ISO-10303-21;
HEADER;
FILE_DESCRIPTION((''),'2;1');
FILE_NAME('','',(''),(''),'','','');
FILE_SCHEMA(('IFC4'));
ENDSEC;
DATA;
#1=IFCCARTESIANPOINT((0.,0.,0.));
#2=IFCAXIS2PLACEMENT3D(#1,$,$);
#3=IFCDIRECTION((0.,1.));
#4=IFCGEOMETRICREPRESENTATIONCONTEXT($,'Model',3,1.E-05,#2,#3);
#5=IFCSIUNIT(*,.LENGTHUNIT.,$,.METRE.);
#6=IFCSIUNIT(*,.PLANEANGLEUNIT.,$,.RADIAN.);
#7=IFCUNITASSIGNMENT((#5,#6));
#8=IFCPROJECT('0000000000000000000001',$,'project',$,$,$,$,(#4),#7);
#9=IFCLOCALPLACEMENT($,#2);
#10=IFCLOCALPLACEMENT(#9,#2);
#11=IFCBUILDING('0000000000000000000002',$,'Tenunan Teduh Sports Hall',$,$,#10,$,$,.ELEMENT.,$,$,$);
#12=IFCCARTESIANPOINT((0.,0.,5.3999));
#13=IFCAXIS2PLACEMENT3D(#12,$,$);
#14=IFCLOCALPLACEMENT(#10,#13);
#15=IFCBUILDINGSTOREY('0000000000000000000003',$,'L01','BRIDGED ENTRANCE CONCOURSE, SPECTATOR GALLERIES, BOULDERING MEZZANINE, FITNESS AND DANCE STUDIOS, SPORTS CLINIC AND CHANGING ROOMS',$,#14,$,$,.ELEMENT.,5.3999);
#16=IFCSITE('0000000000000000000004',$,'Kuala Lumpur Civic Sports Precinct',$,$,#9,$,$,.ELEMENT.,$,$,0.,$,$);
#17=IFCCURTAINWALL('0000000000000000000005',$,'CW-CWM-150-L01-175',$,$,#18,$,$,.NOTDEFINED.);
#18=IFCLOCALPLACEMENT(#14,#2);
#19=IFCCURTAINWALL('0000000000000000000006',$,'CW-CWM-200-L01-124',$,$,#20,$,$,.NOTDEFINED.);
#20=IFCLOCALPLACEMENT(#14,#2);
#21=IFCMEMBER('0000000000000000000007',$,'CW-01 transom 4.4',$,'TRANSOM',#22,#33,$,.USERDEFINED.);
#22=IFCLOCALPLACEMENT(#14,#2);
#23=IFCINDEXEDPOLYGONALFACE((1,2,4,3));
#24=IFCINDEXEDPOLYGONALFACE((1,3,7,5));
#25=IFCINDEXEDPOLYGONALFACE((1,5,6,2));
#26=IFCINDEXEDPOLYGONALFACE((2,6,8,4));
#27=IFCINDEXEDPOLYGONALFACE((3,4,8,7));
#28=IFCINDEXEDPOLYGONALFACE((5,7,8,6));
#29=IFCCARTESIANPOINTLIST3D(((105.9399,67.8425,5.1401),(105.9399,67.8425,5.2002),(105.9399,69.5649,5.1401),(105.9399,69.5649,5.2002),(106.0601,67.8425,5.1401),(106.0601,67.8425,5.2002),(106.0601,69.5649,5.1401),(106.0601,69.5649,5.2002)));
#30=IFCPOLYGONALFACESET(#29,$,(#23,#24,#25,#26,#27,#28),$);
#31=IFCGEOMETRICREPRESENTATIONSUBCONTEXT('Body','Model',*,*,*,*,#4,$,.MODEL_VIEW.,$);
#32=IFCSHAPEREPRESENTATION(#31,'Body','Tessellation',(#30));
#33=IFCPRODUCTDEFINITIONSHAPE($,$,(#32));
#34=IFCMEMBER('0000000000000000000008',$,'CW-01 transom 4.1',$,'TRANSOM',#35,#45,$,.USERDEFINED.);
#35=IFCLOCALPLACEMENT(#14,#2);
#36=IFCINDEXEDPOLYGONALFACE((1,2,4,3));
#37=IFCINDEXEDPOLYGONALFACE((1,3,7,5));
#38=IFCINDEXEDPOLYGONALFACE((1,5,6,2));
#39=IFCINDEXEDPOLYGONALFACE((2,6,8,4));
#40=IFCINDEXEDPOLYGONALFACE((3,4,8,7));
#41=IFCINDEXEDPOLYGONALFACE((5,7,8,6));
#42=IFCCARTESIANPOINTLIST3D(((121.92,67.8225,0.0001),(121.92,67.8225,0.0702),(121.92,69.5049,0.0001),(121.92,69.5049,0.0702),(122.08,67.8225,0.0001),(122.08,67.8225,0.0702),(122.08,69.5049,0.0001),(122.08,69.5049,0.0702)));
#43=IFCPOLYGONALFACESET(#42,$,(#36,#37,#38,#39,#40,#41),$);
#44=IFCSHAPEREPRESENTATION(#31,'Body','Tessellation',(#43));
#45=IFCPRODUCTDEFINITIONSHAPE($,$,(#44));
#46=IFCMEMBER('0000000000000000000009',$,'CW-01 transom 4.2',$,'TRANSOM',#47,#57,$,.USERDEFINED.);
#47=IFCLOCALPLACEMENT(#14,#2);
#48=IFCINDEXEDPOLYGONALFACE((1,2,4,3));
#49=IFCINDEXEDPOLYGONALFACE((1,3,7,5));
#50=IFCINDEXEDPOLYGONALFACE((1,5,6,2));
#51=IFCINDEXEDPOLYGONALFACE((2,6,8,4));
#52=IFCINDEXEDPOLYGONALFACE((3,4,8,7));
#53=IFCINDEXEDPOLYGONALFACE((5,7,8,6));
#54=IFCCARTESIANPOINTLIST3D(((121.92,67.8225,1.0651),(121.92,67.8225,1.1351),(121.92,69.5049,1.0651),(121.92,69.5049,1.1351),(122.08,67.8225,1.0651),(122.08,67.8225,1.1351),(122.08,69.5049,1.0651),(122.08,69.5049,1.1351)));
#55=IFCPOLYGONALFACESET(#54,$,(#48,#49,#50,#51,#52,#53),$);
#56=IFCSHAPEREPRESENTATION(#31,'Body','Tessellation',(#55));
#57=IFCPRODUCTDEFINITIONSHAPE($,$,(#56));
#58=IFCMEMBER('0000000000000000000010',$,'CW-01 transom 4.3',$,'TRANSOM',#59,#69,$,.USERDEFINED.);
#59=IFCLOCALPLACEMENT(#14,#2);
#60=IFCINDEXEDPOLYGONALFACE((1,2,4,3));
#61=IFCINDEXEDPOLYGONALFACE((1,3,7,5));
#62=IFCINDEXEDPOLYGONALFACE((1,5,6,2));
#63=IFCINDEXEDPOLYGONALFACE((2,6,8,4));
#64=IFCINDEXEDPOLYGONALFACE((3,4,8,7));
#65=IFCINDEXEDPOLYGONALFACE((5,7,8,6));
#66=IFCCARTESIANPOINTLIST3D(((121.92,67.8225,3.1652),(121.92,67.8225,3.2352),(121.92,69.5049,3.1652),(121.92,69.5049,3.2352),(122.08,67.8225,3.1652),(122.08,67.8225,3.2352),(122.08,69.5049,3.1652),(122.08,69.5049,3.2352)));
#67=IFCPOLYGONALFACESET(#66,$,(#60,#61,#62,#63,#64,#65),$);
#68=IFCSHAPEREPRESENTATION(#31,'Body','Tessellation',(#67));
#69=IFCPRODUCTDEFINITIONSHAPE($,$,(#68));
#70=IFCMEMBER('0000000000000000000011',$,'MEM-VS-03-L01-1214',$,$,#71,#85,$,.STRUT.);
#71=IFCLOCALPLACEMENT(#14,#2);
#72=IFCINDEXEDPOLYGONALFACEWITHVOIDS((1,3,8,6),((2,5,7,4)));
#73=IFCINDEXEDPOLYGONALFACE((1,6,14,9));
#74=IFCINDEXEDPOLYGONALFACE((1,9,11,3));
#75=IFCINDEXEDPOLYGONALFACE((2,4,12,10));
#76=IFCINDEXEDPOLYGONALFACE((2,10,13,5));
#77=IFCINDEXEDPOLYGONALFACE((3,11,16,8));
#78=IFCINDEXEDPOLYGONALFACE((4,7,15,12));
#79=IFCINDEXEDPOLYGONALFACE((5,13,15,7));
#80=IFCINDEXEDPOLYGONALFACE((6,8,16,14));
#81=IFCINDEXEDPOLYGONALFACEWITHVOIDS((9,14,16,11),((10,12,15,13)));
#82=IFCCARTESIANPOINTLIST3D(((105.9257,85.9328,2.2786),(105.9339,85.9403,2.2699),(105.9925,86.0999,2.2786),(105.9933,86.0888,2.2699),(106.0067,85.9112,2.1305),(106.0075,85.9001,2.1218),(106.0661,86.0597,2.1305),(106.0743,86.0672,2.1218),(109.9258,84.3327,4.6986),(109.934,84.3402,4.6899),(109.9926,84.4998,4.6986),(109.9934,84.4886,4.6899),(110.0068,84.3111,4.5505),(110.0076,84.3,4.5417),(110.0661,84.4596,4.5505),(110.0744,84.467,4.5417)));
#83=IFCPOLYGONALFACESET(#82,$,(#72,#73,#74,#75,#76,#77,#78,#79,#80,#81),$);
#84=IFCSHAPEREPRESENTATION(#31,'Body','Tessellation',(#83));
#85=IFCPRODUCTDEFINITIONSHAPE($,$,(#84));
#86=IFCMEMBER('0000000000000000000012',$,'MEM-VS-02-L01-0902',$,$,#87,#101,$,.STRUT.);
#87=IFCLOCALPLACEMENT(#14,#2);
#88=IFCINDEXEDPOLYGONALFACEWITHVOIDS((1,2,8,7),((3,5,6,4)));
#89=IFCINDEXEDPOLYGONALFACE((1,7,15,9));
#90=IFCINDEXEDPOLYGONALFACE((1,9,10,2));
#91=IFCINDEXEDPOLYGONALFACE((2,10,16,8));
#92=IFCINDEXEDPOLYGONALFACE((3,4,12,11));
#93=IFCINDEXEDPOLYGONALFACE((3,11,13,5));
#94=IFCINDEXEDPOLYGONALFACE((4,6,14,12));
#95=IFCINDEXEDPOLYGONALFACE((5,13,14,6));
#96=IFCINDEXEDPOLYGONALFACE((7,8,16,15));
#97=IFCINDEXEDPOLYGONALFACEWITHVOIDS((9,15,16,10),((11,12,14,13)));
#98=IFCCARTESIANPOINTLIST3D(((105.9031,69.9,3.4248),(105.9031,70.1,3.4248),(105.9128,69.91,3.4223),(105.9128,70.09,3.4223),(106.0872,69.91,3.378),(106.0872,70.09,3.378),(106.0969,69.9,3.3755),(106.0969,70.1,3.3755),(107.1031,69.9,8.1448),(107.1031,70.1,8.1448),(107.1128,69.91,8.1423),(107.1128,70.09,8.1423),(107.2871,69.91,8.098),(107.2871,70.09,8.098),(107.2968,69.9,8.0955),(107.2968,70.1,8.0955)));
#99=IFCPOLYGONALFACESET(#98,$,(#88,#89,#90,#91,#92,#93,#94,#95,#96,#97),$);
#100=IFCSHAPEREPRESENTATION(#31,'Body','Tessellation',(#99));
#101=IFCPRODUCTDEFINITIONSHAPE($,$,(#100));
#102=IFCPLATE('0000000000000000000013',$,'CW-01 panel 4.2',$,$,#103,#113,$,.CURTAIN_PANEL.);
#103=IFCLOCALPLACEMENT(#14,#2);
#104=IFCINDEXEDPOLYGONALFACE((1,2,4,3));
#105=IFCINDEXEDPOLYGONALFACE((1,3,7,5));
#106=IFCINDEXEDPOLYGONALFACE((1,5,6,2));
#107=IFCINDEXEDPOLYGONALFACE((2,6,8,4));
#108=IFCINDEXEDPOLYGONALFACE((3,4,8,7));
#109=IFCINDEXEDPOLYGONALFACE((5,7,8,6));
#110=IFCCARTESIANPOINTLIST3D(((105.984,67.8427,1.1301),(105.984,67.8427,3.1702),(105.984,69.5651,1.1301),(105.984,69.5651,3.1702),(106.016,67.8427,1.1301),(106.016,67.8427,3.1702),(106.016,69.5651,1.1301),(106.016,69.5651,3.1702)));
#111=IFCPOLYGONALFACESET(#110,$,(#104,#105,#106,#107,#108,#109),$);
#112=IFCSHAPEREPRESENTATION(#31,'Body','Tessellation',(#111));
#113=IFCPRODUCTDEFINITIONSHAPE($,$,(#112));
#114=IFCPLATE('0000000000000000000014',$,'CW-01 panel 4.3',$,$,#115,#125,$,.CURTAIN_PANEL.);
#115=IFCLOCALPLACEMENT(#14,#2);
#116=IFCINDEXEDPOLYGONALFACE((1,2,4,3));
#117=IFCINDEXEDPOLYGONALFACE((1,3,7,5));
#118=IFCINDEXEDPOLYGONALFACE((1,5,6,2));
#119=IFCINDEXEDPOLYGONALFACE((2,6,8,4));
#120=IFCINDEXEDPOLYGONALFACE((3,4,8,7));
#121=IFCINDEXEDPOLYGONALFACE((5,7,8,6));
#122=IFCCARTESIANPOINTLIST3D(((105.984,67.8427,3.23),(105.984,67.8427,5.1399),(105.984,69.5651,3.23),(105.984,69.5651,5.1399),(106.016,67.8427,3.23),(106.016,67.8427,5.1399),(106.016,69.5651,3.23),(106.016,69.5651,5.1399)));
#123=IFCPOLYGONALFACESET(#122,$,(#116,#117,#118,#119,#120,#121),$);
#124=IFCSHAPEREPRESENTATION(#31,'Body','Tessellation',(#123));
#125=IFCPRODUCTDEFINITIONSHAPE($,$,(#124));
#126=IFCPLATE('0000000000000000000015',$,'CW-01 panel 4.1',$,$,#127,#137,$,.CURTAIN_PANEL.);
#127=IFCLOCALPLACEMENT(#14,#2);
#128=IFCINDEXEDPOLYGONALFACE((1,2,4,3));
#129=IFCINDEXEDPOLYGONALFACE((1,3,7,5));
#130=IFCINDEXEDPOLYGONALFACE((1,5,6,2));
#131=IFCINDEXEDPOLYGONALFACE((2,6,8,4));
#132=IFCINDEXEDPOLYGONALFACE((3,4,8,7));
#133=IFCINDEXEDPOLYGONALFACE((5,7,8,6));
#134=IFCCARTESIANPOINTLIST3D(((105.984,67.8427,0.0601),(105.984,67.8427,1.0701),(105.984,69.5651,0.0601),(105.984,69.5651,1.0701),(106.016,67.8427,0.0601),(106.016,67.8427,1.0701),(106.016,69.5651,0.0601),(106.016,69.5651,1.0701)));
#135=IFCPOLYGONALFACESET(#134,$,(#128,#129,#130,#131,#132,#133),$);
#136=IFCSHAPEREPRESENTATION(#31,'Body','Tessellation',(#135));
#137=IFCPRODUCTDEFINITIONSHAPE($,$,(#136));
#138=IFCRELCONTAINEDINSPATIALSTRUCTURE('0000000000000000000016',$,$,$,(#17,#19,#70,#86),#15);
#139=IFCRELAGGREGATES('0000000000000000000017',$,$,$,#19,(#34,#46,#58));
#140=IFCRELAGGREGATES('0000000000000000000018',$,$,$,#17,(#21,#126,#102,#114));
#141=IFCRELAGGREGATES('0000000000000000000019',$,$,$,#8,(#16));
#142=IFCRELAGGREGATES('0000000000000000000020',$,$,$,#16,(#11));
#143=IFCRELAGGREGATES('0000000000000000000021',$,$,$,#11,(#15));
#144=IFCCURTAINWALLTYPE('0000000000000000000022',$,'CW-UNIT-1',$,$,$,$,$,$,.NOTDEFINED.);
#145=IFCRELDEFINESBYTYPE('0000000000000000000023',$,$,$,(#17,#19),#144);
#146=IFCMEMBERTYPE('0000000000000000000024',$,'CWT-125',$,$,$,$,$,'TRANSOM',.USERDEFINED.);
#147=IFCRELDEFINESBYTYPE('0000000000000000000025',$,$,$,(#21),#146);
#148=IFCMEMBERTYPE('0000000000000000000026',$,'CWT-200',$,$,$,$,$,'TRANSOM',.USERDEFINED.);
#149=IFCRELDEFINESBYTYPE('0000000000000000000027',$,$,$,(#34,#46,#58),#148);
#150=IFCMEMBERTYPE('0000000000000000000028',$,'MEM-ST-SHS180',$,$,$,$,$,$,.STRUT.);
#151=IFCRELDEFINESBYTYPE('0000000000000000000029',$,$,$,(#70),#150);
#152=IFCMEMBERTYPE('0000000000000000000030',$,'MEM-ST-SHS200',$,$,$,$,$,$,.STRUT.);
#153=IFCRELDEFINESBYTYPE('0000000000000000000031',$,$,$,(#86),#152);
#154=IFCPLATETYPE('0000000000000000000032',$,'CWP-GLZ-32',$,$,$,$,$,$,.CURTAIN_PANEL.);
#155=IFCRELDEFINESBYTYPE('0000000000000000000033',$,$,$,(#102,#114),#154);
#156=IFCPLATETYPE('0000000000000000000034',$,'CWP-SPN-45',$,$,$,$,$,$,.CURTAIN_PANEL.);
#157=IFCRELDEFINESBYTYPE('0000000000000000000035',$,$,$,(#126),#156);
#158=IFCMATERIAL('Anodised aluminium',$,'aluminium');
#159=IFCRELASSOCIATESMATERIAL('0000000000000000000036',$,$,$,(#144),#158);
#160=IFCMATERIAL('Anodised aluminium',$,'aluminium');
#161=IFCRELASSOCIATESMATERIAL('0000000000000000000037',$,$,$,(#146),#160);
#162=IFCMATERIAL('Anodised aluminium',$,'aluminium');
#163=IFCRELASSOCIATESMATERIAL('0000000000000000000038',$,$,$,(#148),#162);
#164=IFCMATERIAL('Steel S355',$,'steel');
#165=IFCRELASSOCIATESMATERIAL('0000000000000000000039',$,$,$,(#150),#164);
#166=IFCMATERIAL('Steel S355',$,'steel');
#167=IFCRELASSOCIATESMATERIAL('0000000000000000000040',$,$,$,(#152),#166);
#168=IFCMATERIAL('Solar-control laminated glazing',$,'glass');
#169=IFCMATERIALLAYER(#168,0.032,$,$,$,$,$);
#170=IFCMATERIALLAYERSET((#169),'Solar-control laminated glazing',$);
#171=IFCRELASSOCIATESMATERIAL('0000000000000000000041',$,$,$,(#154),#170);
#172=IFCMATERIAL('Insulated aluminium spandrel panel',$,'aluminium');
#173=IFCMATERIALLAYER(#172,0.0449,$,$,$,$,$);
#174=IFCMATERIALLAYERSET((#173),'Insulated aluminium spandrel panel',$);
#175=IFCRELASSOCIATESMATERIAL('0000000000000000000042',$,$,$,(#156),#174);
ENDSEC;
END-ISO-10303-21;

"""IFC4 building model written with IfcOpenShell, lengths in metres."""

from ifc_helpers import new_model, si_unit, direction, frame, origin, origin_2d, place, context, subcontext, project, spatial, rectangle, hollow_rectangle, extrude, material, layer, layer_set, material_profile, profile_set, type_object, element, aggregate, save


model = new_model("IFC4")

# Units and contexts
model_context = context("Model", 3, precision=1e-05, world=origin(), true_north=direction((0.0, 1.0)))
body_context = subcontext(model_context, "Body", "Model", "MODEL_VIEW")
ifc_project = project(units=[si_unit("LENGTHUNIT", "METRE"), si_unit("PLANEANGLEUNIT", "RADIAN")], contexts=[model_context])

# Site, building, storey
site_placement = place(None, origin())
site = spatial("IfcSite", under=ifc_project, at=site_placement, Name="Kuala Lumpur Civic Sports Precinct", CompositionType="ELEMENT", RefElevation=0.0)
building_placement = place(site_placement, origin())
building = spatial("IfcBuilding", under=site, at=building_placement, Name="Tenunan Teduh Sports Hall", CompositionType="ELEMENT")
storey_placement = place(building_placement, frame((0.0, 0.0, 5.3999)))
storey = spatial("IfcBuildingStorey", under=building, at=storey_placement, Name="L01", Description="BRIDGED ENTRANCE CONCOURSE, SPECTATOR GALLERIES, BOULDERING MEZZANINE, FITNESS AND DANCE STUDIOS, SPORTS CLINIC AND CHANGING ROOMS", CompositionType="ELEMENT", Elevation=5.3999)

# Curtain wall
ifc_material_1 = material(Name="Anodised aluminium", Category="aluminium")
curtain_wall_type = type_object("IfcCurtainWallType", Name="CW-UNIT-1", PredefinedType="NOTDEFINED", material=ifc_material_1)
curtain_wall_1_placement = place(storey_placement, origin())
curtain_wall_1 = element("IfcCurtainWall", 1, at=curtain_wall_1_placement, inside=storey, type_object=curtain_wall_type, Name="CW-CWM-150-L01-175", PredefinedType="NOTDEFINED")

# Curtain wall
curtain_wall_2_placement = place(storey_placement, origin())
curtain_wall_2 = element("IfcCurtainWall", 2, at=curtain_wall_2_placement, inside=storey, type_object=curtain_wall_type, Name="CW-CWM-200-L01-124", PredefinedType="NOTDEFINED")

# Members
ifc_material_2 = material(Name="Anodised aluminium", Category="aluminium")
ifc_material_profile_1 = material_profile(ifc_material_2, rectangle(XDim=0.0601, YDim=0.1201, at=origin_2d()), Name="CWT 60x120")
ifc_profile_set_1 = profile_set([ifc_material_profile_1], Name="Anodised aluminium")
member_type_1 = type_object("IfcMemberType", Name="CWT-125", ElementType="TRANSOM", PredefinedType="USERDEFINED", material=ifc_profile_set_1)
member_1_placement = place(storey_placement, frame((106.0, 67.8425, 5.1702), z_axis=(0.0, 1.0, 0.0), x_axis=(0.0, 0.0, 1.0)))
member_1 = element("IfcMember", 3, at=member_1_placement, type_object=member_type_1, Name="CW-01 transom 4.4", ObjectType="TRANSOM", PredefinedType="USERDEFINED", context=body_context, shape_type="SweptSolid", body=[
    extrude(rectangle(XDim=0.0601, YDim=0.1201, at=origin_2d()), origin(), (0.0, 0.0, 1.0), 1.7224),
])
ifc_material_3 = material(Name="Anodised aluminium", Category="aluminium")
ifc_material_profile_2 = material_profile(ifc_material_3, rectangle(XDim=0.0701, YDim=0.1599, at=origin_2d()), Name="CWT 70x160")
ifc_profile_set_2 = profile_set([ifc_material_profile_2], Name="Anodised aluminium")
member_type_2 = type_object("IfcMemberType", Name="CWT-200", ElementType="TRANSOM", PredefinedType="USERDEFINED", material=ifc_profile_set_2)
member_2_placement = place(storey_placement, frame((122.0, 67.8225, 0.0352), z_axis=(0.0, 1.0, 0.0), x_axis=(0.0, 0.0, 1.0)))
member_2 = element("IfcMember", 4, at=member_2_placement, type_object=member_type_2, Name="CW-01 transom 4.1", ObjectType="TRANSOM", PredefinedType="USERDEFINED", context=body_context, shape_type="SweptSolid", body=[
    extrude(rectangle(XDim=0.0701, YDim=0.1599, at=origin_2d()), origin(), (0.0, 0.0, 1.0), 1.6824),
])
member_3_placement = place(storey_placement, frame((122.0, 67.8225, 1.1001), z_axis=(0.0, 1.0, 0.0), x_axis=(0.0, 0.0, 1.0)))
member_3 = element("IfcMember", 5, at=member_3_placement, type_object=member_type_2, Name="CW-01 transom 4.2", ObjectType="TRANSOM", PredefinedType="USERDEFINED", context=body_context, shape_type="SweptSolid", body=[
    extrude(rectangle(XDim=0.0701, YDim=0.1599, at=origin_2d()), origin(), (0.0, 0.0, 1.0), 1.6824),
])
member_4_placement = place(storey_placement, frame((122.0, 67.8225, 3.2002), z_axis=(0.0, 1.0, 0.0), x_axis=(0.0, 0.0, 1.0)))
member_4 = element("IfcMember", 6, at=member_4_placement, type_object=member_type_2, Name="CW-01 transom 4.3", ObjectType="TRANSOM", PredefinedType="USERDEFINED", context=body_context, shape_type="SweptSolid", body=[
    extrude(rectangle(XDim=0.0701, YDim=0.1599, at=origin_2d()), origin(), (0.0, 0.0, 1.0), 1.6824),
])
aggregate(curtain_wall_2, [member_2, member_3, member_4])

# Members
ifc_material_4 = material(Name="Steel S355", Category="steel")
ifc_material_profile_3 = material_profile(ifc_material_4, hollow_rectangle(XDim=0.1799, YDim=0.1799, WallThickness=0.01, at=origin_2d()), Name="SHS 180x180x10.0")
ifc_profile_set_3 = profile_set([ifc_material_profile_3], Name="Steel S355")
member_type_3 = type_object("IfcMemberType", Name="MEM-ST-SHS180", PredefinedType="STRUT", material=ifc_profile_set_3)
member_5_placement = place(storey_placement, frame((106.0, 86.0, 2.2002), z_axis=(0.809505, -0.323822, 0.489735), x_axis=(0.37141, 0.928469, 0.0)))
element("IfcMember", 7, at=member_5_placement, inside=storey, type_object=member_type_3, Name="MEM-VS-03-L01-1214", PredefinedType="STRUT", context=body_context, shape_type="SweptSolid", body=[
    extrude(hollow_rectangle(XDim=0.1799, YDim=0.1799, WallThickness=0.01, at=origin_2d()), origin(), (0.0, 0.0, 1.0), 4.9414),
])
ifc_material_5 = material(Name="Steel S355", Category="steel")
ifc_material_profile_4 = material_profile(ifc_material_5, hollow_rectangle(XDim=0.2, YDim=0.2, WallThickness=0.01, at=origin_2d()), Name="SHS 200x200x10.0")
ifc_profile_set_4 = profile_set([ifc_material_profile_4], Name="Steel S355")
member_type_4 = type_object("IfcMemberType", Name="MEM-ST-SHS200", PredefinedType="STRUT", material=ifc_profile_set_4)
member_6_placement = place(storey_placement, frame((106.0, 70.0, 3.4001), z_axis=(0.246391, 0.0, 0.969171), x_axis=(0.0, 1.0, 0.0)))
element("IfcMember", 8, at=member_6_placement, inside=storey, type_object=member_type_4, Name="MEM-VS-02-L01-0902", PredefinedType="STRUT", context=body_context, shape_type="SweptSolid", body=[
    extrude(hollow_rectangle(XDim=0.2, YDim=0.2, WallThickness=0.01, at=origin_2d()), origin(), (0.0, 0.0, 1.0), 4.8701),
])

# Plates
ifc_material_6 = material(Name="Solar-control laminated glazing", Category="glass")
ifc_layer_1 = layer(ifc_material_6, 0.032)
ifc_layer_set_1 = layer_set([ifc_layer_1], Name="Solar-control laminated glazing")
plate_type_1 = type_object("IfcPlateType", Name="CWP-GLZ-32", PredefinedType="CURTAIN_PANEL", material=ifc_layer_set_1)
plate_1_placement = place(storey_placement, frame((106.0, 68.7039, 1.1301), z_axis=(0.0, 0.0, 1.0), x_axis=(0.0, 1.0, 0.0)))
plate_1 = element("IfcPlate", 9, at=plate_1_placement, type_object=plate_type_1, Name="CW-01 panel 4.2", PredefinedType="CURTAIN_PANEL", context=body_context, shape_type="SweptSolid", body=[
    extrude(rectangle(XDim=1.7224, YDim=0.032, at=origin_2d()), origin(), (0.0, 0.0, 1.0), 2.04),
])
plate_2_placement = place(storey_placement, frame((106.0, 68.7039, 3.23), z_axis=(0.0, 0.0, 1.0), x_axis=(0.0, 1.0, 0.0)))
plate_2 = element("IfcPlate", 10, at=plate_2_placement, type_object=plate_type_1, Name="CW-01 panel 4.3", PredefinedType="CURTAIN_PANEL", context=body_context, shape_type="SweptSolid", body=[
    extrude(rectangle(XDim=1.7224, YDim=0.032, at=origin_2d()), origin(), (0.0, 0.0, 1.0), 1.9099),
])
ifc_material_7 = material(Name="Insulated aluminium spandrel panel", Category="aluminium")
ifc_layer_2 = layer(ifc_material_7, 0.0449)
ifc_layer_set_2 = layer_set([ifc_layer_2], Name="Insulated aluminium spandrel panel")
plate_type_2 = type_object("IfcPlateType", Name="CWP-SPN-45", PredefinedType="CURTAIN_PANEL", material=ifc_layer_set_2)
plate_3_placement = place(storey_placement, frame((106.0, 68.7039, 0.0601), z_axis=(0.0, 0.0, 1.0), x_axis=(0.0, 1.0, 0.0)))
plate_3 = element("IfcPlate", 11, at=plate_3_placement, type_object=plate_type_2, Name="CW-01 panel 4.1", PredefinedType="CURTAIN_PANEL", context=body_context, shape_type="SweptSolid", body=[
    extrude(rectangle(XDim=1.7224, YDim=0.032, at=origin_2d()), origin(), (0.0, 0.0, 1.0), 1.01),
])
aggregate(curtain_wall_1, [member_1, plate_3, plate_1, plate_2])

save(model, "model.ifc")
